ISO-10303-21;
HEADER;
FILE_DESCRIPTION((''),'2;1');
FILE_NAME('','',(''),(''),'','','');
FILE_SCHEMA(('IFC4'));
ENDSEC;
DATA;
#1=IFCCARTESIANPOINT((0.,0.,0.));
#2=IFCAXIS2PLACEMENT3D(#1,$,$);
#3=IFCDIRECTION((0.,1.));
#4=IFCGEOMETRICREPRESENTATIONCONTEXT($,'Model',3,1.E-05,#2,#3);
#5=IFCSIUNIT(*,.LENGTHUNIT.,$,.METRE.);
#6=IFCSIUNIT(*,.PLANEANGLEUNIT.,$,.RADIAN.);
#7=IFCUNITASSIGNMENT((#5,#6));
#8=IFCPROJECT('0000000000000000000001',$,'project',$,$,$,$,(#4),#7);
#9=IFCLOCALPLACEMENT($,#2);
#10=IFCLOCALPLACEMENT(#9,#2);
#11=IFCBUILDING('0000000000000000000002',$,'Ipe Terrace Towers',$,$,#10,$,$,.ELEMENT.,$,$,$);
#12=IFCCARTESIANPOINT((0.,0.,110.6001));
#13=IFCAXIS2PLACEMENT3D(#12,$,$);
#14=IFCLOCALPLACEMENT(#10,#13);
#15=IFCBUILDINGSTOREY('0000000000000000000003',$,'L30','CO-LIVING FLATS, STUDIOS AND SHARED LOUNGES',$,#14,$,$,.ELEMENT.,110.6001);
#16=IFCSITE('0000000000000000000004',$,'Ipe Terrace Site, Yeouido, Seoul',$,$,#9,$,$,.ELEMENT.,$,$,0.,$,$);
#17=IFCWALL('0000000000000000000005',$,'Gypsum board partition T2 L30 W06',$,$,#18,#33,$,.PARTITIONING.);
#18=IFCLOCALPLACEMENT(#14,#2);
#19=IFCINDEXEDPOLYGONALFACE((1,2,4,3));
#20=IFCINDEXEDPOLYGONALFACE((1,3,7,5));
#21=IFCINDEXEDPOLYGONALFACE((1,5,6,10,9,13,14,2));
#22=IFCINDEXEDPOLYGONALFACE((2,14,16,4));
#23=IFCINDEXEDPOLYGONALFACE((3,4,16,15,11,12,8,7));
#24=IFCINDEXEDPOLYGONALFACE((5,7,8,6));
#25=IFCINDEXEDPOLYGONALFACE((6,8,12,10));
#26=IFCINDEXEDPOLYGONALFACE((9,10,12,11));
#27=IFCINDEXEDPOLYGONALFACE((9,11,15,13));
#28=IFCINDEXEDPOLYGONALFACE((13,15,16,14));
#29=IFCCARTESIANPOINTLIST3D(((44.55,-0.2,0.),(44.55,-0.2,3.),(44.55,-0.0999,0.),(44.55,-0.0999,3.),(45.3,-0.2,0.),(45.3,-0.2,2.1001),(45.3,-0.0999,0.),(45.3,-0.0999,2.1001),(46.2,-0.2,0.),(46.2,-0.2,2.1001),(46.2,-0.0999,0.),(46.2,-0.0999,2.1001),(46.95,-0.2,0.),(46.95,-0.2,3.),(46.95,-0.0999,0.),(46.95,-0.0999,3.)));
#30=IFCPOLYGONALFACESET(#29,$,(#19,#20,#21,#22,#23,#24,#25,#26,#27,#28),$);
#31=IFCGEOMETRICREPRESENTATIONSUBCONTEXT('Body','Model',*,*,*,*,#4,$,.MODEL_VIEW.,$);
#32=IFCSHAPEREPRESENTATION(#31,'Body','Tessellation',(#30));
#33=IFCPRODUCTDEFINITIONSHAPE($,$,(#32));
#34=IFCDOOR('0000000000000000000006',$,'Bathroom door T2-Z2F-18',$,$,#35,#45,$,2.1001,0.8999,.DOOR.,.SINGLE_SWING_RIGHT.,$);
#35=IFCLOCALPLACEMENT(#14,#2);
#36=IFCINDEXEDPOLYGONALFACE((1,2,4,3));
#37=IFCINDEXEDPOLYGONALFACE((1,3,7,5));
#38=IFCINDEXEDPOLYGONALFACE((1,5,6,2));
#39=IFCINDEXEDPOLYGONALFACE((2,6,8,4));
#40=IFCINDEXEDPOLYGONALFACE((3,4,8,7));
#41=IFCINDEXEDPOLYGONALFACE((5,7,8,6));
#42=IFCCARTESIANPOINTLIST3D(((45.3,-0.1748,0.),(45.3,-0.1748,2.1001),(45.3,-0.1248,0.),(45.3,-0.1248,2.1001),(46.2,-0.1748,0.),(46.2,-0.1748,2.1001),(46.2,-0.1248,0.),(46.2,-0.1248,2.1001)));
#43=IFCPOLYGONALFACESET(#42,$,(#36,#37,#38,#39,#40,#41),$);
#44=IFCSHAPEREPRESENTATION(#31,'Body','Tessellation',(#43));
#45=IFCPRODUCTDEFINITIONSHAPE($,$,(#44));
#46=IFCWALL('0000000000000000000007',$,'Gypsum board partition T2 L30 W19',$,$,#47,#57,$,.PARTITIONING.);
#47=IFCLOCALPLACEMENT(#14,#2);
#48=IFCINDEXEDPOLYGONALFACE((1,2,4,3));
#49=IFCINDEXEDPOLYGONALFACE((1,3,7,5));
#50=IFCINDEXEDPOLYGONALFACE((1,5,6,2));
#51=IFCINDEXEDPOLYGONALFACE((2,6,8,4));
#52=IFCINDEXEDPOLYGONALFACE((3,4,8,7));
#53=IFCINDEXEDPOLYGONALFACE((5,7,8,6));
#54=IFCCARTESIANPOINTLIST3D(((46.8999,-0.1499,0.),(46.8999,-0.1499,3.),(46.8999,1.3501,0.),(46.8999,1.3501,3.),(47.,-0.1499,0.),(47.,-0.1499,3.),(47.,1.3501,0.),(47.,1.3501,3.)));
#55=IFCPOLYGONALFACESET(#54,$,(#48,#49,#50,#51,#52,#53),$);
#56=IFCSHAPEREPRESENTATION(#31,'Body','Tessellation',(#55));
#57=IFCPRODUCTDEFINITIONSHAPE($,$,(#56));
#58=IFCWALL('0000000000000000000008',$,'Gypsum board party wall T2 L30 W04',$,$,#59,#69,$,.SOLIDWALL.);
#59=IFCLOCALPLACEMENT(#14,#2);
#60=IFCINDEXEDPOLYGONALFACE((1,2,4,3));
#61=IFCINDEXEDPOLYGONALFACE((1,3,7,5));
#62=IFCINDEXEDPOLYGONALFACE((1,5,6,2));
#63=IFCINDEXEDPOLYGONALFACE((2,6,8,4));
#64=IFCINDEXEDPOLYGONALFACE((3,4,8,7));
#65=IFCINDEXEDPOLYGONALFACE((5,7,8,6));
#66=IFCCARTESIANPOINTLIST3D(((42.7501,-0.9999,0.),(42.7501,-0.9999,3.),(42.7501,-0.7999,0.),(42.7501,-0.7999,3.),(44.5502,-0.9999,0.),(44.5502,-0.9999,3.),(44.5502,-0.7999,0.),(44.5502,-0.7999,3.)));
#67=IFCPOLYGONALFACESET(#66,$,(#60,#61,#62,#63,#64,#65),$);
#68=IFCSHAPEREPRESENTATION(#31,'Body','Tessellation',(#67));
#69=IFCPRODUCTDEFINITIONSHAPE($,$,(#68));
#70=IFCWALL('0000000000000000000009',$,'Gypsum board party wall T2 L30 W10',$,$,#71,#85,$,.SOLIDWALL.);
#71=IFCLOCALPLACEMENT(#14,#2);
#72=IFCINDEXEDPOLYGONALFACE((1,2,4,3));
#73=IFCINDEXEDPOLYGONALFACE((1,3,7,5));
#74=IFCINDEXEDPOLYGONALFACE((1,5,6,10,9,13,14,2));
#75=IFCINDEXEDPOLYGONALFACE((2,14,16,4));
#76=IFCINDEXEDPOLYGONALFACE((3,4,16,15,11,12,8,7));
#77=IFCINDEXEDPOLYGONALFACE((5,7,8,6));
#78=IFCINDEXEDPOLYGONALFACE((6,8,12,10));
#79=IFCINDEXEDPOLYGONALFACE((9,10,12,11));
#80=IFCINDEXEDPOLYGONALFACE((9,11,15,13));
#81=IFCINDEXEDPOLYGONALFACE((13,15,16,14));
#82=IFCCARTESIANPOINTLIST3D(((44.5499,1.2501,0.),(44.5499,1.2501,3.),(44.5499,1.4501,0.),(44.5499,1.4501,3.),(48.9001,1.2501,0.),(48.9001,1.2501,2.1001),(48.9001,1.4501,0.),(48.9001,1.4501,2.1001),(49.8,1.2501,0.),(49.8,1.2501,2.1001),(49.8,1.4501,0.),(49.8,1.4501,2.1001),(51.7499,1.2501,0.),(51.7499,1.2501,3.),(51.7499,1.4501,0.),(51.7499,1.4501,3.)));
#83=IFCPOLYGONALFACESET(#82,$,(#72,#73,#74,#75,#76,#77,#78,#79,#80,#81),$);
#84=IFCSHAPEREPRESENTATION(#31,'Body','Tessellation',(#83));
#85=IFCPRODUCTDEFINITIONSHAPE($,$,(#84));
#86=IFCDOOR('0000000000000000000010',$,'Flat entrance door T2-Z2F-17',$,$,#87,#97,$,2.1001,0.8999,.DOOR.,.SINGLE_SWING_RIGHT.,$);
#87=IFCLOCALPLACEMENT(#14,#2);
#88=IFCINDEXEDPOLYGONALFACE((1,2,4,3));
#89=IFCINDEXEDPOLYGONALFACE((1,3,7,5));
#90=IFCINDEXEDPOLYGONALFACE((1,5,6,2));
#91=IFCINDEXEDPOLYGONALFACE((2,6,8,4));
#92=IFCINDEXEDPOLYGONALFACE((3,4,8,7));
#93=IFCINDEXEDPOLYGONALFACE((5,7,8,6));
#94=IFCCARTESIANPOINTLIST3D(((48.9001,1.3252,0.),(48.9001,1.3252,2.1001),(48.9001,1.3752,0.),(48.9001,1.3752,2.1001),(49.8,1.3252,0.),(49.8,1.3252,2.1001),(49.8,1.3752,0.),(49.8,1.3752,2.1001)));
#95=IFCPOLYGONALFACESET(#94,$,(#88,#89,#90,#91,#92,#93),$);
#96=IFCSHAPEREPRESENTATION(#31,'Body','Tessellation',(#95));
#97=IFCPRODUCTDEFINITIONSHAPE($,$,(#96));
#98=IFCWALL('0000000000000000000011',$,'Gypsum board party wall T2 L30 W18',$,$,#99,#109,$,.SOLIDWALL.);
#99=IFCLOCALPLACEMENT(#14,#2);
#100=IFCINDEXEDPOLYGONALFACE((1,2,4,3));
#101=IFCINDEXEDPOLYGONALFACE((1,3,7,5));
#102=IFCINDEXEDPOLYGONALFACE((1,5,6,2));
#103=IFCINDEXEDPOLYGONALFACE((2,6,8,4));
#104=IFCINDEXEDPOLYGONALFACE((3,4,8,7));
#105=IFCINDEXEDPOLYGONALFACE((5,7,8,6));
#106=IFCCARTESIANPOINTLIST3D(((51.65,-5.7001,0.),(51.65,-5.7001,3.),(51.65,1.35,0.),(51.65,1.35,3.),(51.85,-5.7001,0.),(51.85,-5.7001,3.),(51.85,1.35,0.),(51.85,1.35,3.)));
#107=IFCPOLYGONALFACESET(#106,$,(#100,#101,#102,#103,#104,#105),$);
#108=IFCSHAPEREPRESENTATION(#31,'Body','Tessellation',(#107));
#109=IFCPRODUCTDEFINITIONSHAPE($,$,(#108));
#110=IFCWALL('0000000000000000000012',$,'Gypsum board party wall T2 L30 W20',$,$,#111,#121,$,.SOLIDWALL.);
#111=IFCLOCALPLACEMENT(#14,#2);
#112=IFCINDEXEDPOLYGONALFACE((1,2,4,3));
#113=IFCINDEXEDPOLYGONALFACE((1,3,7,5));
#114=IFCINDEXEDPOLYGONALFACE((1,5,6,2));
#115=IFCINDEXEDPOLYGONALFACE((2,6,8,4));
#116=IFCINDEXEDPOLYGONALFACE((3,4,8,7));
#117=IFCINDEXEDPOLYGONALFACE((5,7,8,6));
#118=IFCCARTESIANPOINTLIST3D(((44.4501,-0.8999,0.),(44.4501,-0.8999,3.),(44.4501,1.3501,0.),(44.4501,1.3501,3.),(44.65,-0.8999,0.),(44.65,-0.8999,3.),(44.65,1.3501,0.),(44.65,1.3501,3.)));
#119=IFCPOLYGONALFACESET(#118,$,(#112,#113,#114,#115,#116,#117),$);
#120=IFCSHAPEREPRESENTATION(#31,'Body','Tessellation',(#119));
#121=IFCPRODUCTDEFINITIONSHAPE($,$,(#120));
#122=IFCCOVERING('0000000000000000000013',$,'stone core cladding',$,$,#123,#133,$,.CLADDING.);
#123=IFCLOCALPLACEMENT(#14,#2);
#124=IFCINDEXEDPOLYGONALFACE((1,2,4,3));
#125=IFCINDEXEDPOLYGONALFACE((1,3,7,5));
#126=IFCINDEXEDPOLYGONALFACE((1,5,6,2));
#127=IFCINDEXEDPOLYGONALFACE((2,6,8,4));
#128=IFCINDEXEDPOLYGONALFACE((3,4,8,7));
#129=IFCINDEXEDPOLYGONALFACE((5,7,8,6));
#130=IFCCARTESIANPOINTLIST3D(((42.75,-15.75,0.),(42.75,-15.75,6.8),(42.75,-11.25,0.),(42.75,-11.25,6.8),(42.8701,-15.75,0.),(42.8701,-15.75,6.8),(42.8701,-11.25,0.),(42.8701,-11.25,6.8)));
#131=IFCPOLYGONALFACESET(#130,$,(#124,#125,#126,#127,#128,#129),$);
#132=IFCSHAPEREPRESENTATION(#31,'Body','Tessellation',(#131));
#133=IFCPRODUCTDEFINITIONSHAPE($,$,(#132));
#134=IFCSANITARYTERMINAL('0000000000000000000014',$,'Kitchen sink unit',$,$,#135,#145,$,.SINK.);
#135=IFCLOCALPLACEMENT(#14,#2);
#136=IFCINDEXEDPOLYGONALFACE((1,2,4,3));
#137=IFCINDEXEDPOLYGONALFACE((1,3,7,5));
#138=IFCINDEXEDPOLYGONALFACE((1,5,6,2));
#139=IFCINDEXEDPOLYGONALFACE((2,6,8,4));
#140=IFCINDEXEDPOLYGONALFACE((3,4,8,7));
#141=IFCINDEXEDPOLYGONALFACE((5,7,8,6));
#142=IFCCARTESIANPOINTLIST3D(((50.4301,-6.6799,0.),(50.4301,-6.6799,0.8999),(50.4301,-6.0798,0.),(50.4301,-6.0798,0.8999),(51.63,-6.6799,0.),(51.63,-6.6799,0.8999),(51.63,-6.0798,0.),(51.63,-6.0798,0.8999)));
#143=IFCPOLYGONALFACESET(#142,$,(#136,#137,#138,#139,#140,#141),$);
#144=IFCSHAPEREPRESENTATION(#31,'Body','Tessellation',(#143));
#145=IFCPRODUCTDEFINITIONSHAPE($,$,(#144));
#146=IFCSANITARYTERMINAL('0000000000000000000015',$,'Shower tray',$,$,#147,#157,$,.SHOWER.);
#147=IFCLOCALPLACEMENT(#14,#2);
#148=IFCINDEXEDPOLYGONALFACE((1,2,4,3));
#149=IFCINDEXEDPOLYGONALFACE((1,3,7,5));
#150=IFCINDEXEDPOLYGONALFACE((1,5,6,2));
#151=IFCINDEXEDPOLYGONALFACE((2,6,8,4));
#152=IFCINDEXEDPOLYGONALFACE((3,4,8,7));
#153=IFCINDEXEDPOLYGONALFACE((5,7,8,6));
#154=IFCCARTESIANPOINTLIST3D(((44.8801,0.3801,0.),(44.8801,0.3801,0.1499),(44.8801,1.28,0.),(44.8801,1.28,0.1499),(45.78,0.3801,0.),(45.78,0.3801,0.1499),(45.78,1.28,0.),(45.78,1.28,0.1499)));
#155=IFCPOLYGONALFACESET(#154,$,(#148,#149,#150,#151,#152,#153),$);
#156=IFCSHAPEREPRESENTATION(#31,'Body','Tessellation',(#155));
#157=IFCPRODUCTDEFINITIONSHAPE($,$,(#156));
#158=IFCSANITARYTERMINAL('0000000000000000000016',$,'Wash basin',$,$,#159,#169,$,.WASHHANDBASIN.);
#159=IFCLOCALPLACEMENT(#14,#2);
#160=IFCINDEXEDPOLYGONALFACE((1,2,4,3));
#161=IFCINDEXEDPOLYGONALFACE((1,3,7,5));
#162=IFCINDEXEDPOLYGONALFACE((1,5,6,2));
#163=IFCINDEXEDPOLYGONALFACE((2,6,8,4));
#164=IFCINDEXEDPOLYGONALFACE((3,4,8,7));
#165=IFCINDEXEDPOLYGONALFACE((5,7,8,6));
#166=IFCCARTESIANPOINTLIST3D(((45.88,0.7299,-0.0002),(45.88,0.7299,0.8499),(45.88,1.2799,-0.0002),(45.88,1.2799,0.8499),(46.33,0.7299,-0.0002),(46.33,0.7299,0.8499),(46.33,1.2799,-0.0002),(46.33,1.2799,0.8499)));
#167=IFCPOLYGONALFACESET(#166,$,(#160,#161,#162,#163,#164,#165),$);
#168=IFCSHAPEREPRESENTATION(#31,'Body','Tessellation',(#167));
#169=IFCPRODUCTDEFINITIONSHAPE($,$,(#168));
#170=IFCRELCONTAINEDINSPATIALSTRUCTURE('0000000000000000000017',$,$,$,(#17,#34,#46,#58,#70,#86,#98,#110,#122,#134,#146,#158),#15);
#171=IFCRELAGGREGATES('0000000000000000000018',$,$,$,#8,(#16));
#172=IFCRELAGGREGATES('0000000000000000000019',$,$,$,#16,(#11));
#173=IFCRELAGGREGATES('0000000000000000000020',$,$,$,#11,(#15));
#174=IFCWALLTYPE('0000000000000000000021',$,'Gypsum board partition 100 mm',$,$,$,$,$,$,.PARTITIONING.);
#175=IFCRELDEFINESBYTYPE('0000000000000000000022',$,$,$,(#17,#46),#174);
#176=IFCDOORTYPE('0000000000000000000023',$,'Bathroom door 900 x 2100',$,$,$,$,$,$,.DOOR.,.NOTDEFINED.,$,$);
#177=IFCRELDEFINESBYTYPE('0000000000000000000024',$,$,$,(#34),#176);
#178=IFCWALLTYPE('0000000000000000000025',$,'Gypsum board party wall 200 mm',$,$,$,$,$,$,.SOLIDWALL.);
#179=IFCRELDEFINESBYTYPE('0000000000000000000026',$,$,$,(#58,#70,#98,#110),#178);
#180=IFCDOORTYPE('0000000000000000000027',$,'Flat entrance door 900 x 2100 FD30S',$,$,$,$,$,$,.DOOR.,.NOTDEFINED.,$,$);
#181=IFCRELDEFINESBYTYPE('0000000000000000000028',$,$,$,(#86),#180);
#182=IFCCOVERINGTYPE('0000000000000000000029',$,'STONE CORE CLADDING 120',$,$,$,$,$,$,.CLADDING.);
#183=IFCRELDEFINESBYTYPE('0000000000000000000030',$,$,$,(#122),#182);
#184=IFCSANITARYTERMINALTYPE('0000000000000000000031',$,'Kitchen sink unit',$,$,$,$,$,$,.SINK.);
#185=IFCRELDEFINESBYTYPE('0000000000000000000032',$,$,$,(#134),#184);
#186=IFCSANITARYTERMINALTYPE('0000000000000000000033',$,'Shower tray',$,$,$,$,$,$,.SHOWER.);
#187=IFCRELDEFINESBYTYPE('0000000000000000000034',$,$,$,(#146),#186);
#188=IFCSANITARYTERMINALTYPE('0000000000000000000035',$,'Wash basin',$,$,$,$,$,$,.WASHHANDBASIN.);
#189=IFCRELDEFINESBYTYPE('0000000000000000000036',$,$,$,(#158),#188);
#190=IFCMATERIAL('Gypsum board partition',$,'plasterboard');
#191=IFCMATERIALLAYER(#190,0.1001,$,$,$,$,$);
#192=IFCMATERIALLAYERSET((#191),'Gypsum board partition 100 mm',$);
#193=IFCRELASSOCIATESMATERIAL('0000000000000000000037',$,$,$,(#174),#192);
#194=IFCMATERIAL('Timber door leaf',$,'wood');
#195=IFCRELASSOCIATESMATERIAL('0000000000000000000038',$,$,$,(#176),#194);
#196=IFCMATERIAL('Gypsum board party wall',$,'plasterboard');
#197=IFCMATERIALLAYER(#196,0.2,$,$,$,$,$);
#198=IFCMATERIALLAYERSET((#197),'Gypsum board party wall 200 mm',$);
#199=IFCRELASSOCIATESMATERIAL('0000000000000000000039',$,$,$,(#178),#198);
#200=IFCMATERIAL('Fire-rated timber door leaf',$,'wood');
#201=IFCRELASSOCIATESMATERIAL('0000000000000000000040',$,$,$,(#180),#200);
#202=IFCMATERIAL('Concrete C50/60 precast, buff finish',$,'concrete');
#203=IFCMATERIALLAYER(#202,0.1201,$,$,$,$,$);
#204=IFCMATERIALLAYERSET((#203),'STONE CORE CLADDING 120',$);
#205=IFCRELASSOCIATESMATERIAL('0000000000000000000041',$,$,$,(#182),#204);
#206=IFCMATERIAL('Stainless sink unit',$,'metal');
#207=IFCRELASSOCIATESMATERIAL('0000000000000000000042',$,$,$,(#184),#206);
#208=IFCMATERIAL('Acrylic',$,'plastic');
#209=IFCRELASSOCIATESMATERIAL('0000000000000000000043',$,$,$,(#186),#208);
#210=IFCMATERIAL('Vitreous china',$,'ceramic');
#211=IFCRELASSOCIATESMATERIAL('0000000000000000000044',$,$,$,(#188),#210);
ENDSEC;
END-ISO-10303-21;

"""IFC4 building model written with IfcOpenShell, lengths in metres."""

from ifc_helpers import new_model, si_unit, direction, frame, frame_2d, origin, origin_2d, place, context, subcontext, project, spatial, rectangle, extrude, material, layer, layer_set, type_object, element, fill, save


model = new_model("IFC4")

# Units and contexts
model_context = context("Model", 3, precision=1e-05, world=origin(), true_north=direction((0.0, 1.0)))
body_context = subcontext(model_context, "Body", "Model", "MODEL_VIEW")
ifc_project = project(units=[si_unit("LENGTHUNIT", "METRE"), si_unit("PLANEANGLEUNIT", "RADIAN")], contexts=[model_context])

# Site, building, storey
site_placement = place(None, origin())
site = spatial("IfcSite", under=ifc_project, at=site_placement, Name="Ipe Terrace Site, Yeouido, Seoul", CompositionType="ELEMENT", RefElevation=0.0)
building_placement = place(site_placement, origin())
building = spatial("IfcBuilding", under=site, at=building_placement, Name="Ipe Terrace Towers", CompositionType="ELEMENT")
storey_placement = place(building_placement, frame((0.0, 0.0, 110.6001)))
storey = spatial("IfcBuildingStorey", under=building, at=storey_placement, Name="L30", Description="CO-LIVING FLATS, STUDIOS AND SHARED LOUNGES", CompositionType="ELEMENT", Elevation=110.6001)

# Wall, opening, door
ifc_material_1 = material(Name="Gypsum board partition", Category="plasterboard")
ifc_layer_1 = layer(ifc_material_1, 0.1001)
ifc_layer_set_1 = layer_set([ifc_layer_1], Name="Gypsum board partition 100 mm")
wall_type_1 = type_object("IfcWallType", Name="Gypsum board partition 100 mm", PredefinedType="PARTITIONING", material=ifc_layer_set_1)
wall_1_placement = place(storey_placement, frame((46.95, -0.1499, 0.0), z_axis=(0.0, 0.0, 1.0), x_axis=(-1.0, 0.0, 0.0)))
wall_1 = element("IfcWall", 1, at=wall_1_placement, inside=storey, type_object=wall_type_1, Name="Gypsum board partition T2 L30 W06", PredefinedType="PARTITIONING", context=body_context, shape_type="SweptSolid", body=[
    extrude(rectangle(XDim=2.3999, YDim=0.1001, at=frame_2d((1.2, 0.0))), origin(), (0.0, 0.0, 1.0), 3.0),
])
opening_1_placement = place(wall_1_placement, frame((0.75, 0.0, 0.0)))
opening_1 = element("IfcOpeningElement", 2, at=opening_1_placement, cuts=wall_1, PredefinedType="OPENING", context=body_context, shape_type="SweptSolid", body=[
    extrude(rectangle(XDim=0.8999, YDim=2.1001, at=frame_2d((0.45, 1.05))), frame((0.0, 0.0601, 0.0), z_axis=(0.0, -1.0, 0.0), x_axis=(1.0, 0.0, 0.0)), (0.0, 0.0, 1.0), 0.1201),
])
ifc_material_2 = material(Name="Timber door leaf", Category="wood")
door_type_1 = type_object("IfcDoorType", Name="Bathroom door 900 x 2100", OperationType="NOTDEFINED", PredefinedType="DOOR", material=ifc_material_2)
door_1_placement = place(opening_1_placement, origin())
door_1 = element("IfcDoor", 3, at=door_1_placement, inside=storey, type_object=door_type_1, Name="Bathroom door T2-Z2F-18", OperationType="SINGLE_SWING_RIGHT", OverallHeight=2.1001, OverallWidth=0.8999, PredefinedType="DOOR", context=body_context, shape_type="SweptSolid", body=[
    extrude(rectangle(XDim=0.8999, YDim=2.1001, at=frame_2d((0.45, 1.05))), frame((0.0, 0.0249, 0.0), z_axis=(0.0, -1.0, 0.0), x_axis=(1.0, 0.0, 0.0)), (0.0, 0.0, 1.0), 0.05),
])
fill(opening_1, door_1)

# Walls
wall_2_placement = place(storey_placement, frame((46.95, -0.1499, 0.0), z_axis=(0.0, 0.0, 1.0), x_axis=(0.0, 1.0, 0.0)))
element("IfcWall", 4, at=wall_2_placement, inside=storey, type_object=wall_type_1, Name="Gypsum board partition T2 L30 W19", PredefinedType="PARTITIONING", context=body_context, shape_type="SweptSolid", body=[
    extrude(rectangle(XDim=1.5, YDim=0.1001, at=frame_2d((0.75, 0.0))), origin(), (0.0, 0.0, 1.0), 3.0),
])
ifc_material_3 = material(Name="Gypsum board party wall", Category="plasterboard")
ifc_layer_2 = layer(ifc_material_3, 0.2)
ifc_layer_set_2 = layer_set([ifc_layer_2], Name="Gypsum board party wall 200 mm")
wall_type_2 = type_object("IfcWallType", Name="Gypsum board party wall 200 mm", PredefinedType="SOLIDWALL", material=ifc_layer_set_2)
wall_3_placement = place(storey_placement, frame((44.55, -0.8999, 0.0), z_axis=(0.0, 0.0, 1.0), x_axis=(-1.0, 0.0, 0.0)))
element("IfcWall", 5, at=wall_3_placement, inside=storey, type_object=wall_type_2, Name="Gypsum board party wall T2 L30 W04", PredefinedType="SOLIDWALL", context=body_context, shape_type="SweptSolid", body=[
    extrude(rectangle(XDim=1.8, YDim=0.2, at=frame_2d((0.8999, 0.0))), origin(), (0.0, 0.0, 1.0), 3.0),
])

# Wall, opening, door
wall_4_placement = place(storey_placement, frame((51.75, 1.3501, 0.0), z_axis=(0.0, 0.0, 1.0), x_axis=(-1.0, 0.0, 0.0)))
wall_4 = element("IfcWall", 6, at=wall_4_placement, inside=storey, type_object=wall_type_2, Name="Gypsum board party wall T2 L30 W10", PredefinedType="SOLIDWALL", context=body_context, shape_type="SweptSolid", body=[
    extrude(rectangle(XDim=7.2, YDim=0.2, at=frame_2d((3.6001, 0.0))), origin(), (0.0, 0.0, 1.0), 3.0),
])
opening_2_placement = place(wall_4_placement, frame((1.95, 0.0, 0.0)))
opening_2 = element("IfcOpeningElement", 7, at=opening_2_placement, cuts=wall_4, PredefinedType="OPENING", context=body_context, shape_type="SweptSolid", body=[
    extrude(rectangle(XDim=0.8999, YDim=2.1001, at=frame_2d((0.45, 1.05))), frame((0.0, 0.1099, 0.0), z_axis=(0.0, -1.0, 0.0), x_axis=(1.0, 0.0, 0.0)), (0.0, 0.0, 1.0), 0.22),
])
ifc_material_4 = material(Name="Fire-rated timber door leaf", Category="wood")
door_type_2 = type_object("IfcDoorType", Name="Flat entrance door 900 x 2100 FD30S", OperationType="NOTDEFINED", PredefinedType="DOOR", material=ifc_material_4)
door_2_placement = place(opening_2_placement, origin())
door_2 = element("IfcDoor", 8, at=door_2_placement, inside=storey, type_object=door_type_2, Name="Flat entrance door T2-Z2F-17", OperationType="SINGLE_SWING_RIGHT", OverallHeight=2.1001, OverallWidth=0.8999, PredefinedType="DOOR", context=body_context, shape_type="SweptSolid", body=[
    extrude(rectangle(XDim=0.8999, YDim=2.1001, at=frame_2d((0.45, 1.05))), frame((0.0, 0.0249, 0.0), z_axis=(0.0, -1.0, 0.0), x_axis=(1.0, 0.0, 0.0)), (0.0, 0.0, 1.0), 0.05),
])
fill(opening_2, door_2)

# Walls
wall_5_placement = place(storey_placement, frame((51.75, -5.7, 0.0), z_axis=(0.0, 0.0, 1.0), x_axis=(0.0, 1.0, 0.0)))
element("IfcWall", 9, at=wall_5_placement, inside=storey, type_object=wall_type_2, Name="Gypsum board party wall T2 L30 W18", PredefinedType="SOLIDWALL", context=body_context, shape_type="SweptSolid", body=[
    extrude(rectangle(XDim=7.05, YDim=0.2, at=frame_2d((3.5249, 0.0))), origin(), (0.0, 0.0, 1.0), 3.0),
])
wall_6_placement = place(storey_placement, frame((44.55, -0.8999, 0.0), z_axis=(0.0, 0.0, 1.0), x_axis=(0.0, 1.0, 0.0)))
element("IfcWall", 10, at=wall_6_placement, inside=storey, type_object=wall_type_2, Name="Gypsum board party wall T2 L30 W20", PredefinedType="SOLIDWALL", context=body_context, shape_type="SweptSolid", body=[
    extrude(rectangle(XDim=2.25, YDim=0.2, at=frame_2d((1.125, 0.0))), origin(), (0.0, 0.0, 1.0), 3.0),
])

# Covering
ifc_material_5 = material(Name="Concrete C50/60 precast, buff finish", Category="concrete")
ifc_layer_3 = layer(ifc_material_5, 0.1201)
ifc_layer_set_3 = layer_set([ifc_layer_3], Name="STONE CORE CLADDING 120")
covering_type = type_object("IfcCoveringType", Name="STONE CORE CLADDING 120", PredefinedType="CLADDING", material=ifc_layer_set_3)
covering_placement = place(storey_placement, frame((42.8101, -13.5, 0.0), z_axis=(0.0, 0.0, 1.0), x_axis=(0.0, 1.0, 0.0)))
element("IfcCovering", 11, at=covering_placement, inside=storey, type_object=covering_type, Name="stone core cladding", PredefinedType="CLADDING", context=body_context, shape_type="SweptSolid", body=[
    extrude(rectangle(XDim=4.5, YDim=0.1201, at=origin_2d()), origin(), (0.0, 0.0, 1.0), 6.8),
])

# Sanitary terminals
ifc_material_6 = material(Name="Stainless sink unit", Category="metal")
sanitary_terminal_type_1 = type_object("IfcSanitaryTerminalType", Name="Kitchen sink unit", PredefinedType="SINK", material=ifc_material_6)
sanitary_terminal_1_placement = place(storey_placement, frame((51.03, -6.3799, 0.0), z_axis=(0.0, 0.0, 1.0), x_axis=(-1.0, 0.0, 0.0)))
element("IfcSanitaryTerminal", 12, at=sanitary_terminal_1_placement, inside=storey, type_object=sanitary_terminal_type_1, Name="Kitchen sink unit", PredefinedType="SINK", context=body_context, shape_type="SweptSolid", body=[
    extrude(rectangle(XDim=1.2, YDim=0.6001, at=origin_2d()), origin(), (0.0, 0.0, 1.0), 0.8999),
])
ifc_material_7 = material(Name="Acrylic", Category="plastic")
sanitary_terminal_type_2 = type_object("IfcSanitaryTerminalType", Name="Shower tray", PredefinedType="SHOWER", material=ifc_material_7)
sanitary_terminal_2_placement = place(storey_placement, frame((45.3301, 0.8301, 0.0), z_axis=(0.0, 0.0, 1.0), x_axis=(0.0, -1.0, 0.0)))
element("IfcSanitaryTerminal", 13, at=sanitary_terminal_2_placement, inside=storey, type_object=sanitary_terminal_type_2, Name="Shower tray", PredefinedType="SHOWER", context=body_context, shape_type="SweptSolid", body=[
    extrude(rectangle(XDim=0.8999, YDim=0.8999, at=origin_2d()), origin(), (0.0, 0.0, 1.0), 0.1499),
])
ifc_material_8 = material(Name="Vitreous china", Category="ceramic")
sanitary_terminal_type_3 = type_object("IfcSanitaryTerminalType", Name="Wash basin", PredefinedType="WASHHANDBASIN", material=ifc_material_8)
sanitary_terminal_3_placement = place(storey_placement, frame((46.105, 1.0049, -0.0002), z_axis=(0.0, 0.0, 1.0), x_axis=(0.0, -1.0, 0.0)))
element("IfcSanitaryTerminal", 14, at=sanitary_terminal_3_placement, inside=storey, type_object=sanitary_terminal_type_3, Name="Wash basin", PredefinedType="WASHHANDBASIN", context=body_context, shape_type="SweptSolid", body=[
    extrude(rectangle(XDim=0.55, YDim=0.45, at=origin_2d()), origin(), (0.0, 0.0, 1.0), 0.8501),
])

save(model, "model.ifc")
